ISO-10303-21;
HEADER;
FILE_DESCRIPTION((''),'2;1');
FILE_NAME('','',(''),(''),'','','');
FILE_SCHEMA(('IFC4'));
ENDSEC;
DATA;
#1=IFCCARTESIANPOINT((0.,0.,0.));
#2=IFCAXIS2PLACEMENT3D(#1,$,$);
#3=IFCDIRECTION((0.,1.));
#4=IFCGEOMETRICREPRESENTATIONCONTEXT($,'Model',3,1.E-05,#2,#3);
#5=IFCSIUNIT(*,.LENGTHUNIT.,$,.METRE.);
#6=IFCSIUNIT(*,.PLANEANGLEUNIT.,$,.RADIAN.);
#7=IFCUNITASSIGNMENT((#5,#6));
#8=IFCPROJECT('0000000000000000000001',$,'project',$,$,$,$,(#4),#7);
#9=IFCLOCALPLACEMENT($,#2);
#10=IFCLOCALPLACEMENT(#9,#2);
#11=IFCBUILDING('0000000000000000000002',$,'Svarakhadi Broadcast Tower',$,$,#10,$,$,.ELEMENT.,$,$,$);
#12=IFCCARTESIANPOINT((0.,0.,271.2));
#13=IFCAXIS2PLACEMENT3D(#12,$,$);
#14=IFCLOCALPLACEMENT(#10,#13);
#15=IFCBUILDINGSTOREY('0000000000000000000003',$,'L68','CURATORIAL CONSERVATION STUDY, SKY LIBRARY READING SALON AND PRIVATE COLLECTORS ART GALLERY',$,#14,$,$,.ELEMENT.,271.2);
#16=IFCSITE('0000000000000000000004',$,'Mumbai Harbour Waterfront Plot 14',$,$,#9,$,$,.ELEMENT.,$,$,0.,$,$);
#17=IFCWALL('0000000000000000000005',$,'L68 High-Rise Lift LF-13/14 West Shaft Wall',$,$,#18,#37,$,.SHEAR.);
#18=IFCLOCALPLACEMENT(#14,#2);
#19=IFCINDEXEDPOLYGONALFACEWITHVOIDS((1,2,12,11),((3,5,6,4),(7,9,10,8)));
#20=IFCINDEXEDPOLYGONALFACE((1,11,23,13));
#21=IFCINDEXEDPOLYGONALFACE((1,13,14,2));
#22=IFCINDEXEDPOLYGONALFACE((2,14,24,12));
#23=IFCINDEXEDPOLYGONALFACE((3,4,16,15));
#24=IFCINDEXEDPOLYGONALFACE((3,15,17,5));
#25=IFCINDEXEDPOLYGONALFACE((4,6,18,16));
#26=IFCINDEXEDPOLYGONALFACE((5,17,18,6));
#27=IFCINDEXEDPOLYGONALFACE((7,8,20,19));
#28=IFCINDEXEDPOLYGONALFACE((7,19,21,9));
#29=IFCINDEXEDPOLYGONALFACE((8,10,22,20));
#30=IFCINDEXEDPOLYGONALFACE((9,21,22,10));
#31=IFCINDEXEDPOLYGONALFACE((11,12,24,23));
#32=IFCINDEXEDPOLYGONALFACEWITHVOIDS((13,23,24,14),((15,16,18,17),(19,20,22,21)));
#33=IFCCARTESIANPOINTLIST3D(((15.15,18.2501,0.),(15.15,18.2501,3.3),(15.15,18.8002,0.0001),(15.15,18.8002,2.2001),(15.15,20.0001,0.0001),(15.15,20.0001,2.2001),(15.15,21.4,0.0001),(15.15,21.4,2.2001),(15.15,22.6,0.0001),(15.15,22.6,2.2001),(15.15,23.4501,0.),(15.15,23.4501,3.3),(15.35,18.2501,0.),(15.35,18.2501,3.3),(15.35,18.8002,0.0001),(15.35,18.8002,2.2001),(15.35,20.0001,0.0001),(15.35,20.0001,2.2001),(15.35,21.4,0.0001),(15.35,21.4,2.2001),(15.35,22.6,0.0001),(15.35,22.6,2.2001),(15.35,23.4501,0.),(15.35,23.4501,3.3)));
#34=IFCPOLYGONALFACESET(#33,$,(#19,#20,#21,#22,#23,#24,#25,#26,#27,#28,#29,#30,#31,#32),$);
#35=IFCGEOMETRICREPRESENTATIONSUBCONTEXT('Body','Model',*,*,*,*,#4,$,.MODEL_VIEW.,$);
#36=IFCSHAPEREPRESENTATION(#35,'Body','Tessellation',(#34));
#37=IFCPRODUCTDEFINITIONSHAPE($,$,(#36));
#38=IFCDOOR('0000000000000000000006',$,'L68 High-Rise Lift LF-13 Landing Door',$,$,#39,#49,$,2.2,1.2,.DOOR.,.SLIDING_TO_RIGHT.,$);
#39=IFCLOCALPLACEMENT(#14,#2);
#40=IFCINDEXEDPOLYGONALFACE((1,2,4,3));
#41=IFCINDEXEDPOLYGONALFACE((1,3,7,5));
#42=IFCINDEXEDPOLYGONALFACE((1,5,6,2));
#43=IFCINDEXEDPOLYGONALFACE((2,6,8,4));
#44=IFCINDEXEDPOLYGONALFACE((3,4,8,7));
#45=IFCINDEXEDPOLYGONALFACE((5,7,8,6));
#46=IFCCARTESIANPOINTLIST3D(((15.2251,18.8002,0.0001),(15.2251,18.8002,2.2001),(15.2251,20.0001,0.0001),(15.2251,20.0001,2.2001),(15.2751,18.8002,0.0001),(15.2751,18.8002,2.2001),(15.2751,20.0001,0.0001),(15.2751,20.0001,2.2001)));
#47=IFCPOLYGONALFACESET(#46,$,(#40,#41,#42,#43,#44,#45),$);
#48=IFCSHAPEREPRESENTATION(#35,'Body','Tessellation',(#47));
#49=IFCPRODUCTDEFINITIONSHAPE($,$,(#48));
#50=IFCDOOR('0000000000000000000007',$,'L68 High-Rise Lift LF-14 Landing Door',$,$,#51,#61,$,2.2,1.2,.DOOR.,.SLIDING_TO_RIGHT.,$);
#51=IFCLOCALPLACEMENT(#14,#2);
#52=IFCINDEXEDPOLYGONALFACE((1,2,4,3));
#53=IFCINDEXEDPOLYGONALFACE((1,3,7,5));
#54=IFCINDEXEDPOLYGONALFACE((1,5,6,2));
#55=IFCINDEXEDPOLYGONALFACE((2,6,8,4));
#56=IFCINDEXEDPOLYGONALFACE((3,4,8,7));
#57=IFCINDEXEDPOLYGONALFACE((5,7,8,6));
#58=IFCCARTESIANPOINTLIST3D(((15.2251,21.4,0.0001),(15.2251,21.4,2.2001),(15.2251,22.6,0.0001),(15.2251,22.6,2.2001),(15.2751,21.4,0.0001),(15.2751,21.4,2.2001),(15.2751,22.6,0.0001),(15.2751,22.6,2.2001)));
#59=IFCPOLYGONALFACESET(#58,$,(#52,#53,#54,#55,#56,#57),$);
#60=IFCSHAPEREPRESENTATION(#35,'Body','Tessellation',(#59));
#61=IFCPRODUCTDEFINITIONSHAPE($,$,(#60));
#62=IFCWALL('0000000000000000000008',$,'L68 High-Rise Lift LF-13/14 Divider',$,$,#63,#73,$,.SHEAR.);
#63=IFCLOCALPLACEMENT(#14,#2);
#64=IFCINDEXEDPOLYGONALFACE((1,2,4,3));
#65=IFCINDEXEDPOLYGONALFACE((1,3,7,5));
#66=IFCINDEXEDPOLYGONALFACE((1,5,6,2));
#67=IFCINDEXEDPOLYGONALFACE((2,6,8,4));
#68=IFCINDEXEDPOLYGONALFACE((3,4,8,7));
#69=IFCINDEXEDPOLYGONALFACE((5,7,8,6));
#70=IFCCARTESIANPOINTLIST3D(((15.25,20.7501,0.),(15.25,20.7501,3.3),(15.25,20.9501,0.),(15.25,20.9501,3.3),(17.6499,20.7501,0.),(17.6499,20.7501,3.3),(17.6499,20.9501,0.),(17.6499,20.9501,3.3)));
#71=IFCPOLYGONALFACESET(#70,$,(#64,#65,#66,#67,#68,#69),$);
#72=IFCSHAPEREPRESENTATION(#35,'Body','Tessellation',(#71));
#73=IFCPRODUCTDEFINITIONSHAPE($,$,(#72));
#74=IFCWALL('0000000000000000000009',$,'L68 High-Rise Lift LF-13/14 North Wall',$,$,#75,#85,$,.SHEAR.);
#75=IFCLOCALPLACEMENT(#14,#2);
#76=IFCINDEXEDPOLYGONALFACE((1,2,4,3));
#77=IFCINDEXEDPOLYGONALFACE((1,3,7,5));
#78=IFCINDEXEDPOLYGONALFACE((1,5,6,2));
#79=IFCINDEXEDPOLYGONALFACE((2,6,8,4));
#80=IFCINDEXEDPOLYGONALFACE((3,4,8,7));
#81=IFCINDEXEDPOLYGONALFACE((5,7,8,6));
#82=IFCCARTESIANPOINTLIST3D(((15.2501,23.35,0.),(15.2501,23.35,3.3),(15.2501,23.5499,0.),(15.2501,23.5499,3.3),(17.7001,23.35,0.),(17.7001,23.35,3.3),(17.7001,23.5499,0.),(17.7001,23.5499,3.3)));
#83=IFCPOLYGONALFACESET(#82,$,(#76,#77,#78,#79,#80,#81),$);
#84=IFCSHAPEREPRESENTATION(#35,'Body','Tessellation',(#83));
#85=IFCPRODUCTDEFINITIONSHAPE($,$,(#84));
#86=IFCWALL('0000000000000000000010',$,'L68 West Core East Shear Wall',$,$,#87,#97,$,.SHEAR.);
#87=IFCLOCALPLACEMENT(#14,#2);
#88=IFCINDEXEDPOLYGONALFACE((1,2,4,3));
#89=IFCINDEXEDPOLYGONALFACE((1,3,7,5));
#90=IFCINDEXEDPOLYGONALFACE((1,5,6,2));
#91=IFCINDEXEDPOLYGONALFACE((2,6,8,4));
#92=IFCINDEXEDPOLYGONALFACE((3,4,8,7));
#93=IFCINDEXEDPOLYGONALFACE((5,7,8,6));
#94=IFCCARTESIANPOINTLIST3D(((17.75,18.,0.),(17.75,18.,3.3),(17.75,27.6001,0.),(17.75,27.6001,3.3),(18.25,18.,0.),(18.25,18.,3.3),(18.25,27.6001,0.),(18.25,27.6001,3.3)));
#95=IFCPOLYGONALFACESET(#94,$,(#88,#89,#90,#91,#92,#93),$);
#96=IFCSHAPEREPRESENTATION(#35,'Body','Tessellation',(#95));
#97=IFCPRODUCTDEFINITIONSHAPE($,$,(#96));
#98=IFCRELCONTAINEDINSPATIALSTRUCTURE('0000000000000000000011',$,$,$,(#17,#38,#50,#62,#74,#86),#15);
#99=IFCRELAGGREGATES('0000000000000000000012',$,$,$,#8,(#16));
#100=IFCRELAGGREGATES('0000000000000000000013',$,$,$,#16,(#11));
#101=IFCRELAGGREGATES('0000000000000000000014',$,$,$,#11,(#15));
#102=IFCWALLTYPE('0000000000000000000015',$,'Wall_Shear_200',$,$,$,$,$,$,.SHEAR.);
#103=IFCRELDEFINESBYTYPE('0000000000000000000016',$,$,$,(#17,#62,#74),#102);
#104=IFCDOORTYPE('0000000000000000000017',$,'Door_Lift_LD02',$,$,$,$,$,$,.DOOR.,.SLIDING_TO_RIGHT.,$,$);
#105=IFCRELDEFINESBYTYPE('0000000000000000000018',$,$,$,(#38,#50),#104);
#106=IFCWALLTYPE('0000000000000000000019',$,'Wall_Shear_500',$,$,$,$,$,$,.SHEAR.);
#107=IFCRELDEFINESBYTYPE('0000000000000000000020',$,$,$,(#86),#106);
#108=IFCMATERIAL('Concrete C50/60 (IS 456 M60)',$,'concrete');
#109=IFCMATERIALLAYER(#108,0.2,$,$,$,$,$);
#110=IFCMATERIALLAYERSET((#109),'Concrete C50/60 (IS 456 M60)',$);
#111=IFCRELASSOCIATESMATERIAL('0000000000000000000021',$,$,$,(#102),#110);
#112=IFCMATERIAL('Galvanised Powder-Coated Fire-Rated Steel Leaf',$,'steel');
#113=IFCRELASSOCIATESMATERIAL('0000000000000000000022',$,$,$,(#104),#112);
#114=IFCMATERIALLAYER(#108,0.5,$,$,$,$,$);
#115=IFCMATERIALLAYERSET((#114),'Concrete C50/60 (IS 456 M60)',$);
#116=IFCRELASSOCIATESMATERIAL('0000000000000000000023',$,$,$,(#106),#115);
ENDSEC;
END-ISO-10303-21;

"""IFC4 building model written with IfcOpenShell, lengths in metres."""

from ifc_helpers import new_model, si_unit, direction, frame, frame_2d, origin, place, context, subcontext, project, spatial, rectangle, extrude, material, layer, layer_set, type_object, element, fill, save


model = new_model("IFC4")

# Units and contexts
model_context = context("Model", 3, precision=1e-05, world=origin(), true_north=direction((0.0, 1.0)))
body_context = subcontext(model_context, "Body", "Model", "MODEL_VIEW")
ifc_project = project(units=[si_unit("LENGTHUNIT", "METRE"), si_unit("PLANEANGLEUNIT", "RADIAN")], contexts=[model_context])

# Site, building, storey
site_placement = place(None, origin())
site = spatial("IfcSite", under=ifc_project, at=site_placement, Name="Mumbai Harbour Waterfront Plot 14", CompositionType="ELEMENT", RefElevation=0.0)
building_placement = place(site_placement, origin())
building = spatial("IfcBuilding", under=site, at=building_placement, Name="Svarakhadi Broadcast Tower", CompositionType="ELEMENT")
storey_placement = place(building_placement, frame((0.0, 0.0, 271.2)))
storey = spatial("IfcBuildingStorey", under=building, at=storey_placement, Name="L68", Description="CURATORIAL CONSERVATION STUDY, SKY LIBRARY READING SALON AND PRIVATE COLLECTORS ART GALLERY", CompositionType="ELEMENT", Elevation=271.2)

# Shared definitions
ifc_material_1 = material(Name="Concrete C50/60 (IS 456 M60)", Category="concrete")

# Wall, openings, doors
ifc_layer_1 = layer(ifc_material_1, 0.2)
ifc_layer_set_1 = layer_set([ifc_layer_1], Name="Concrete C50/60 (IS 456 M60)")
wall_type_1 = type_object("IfcWallType", Name="Wall_Shear_200", PredefinedType="SHEAR", material=ifc_layer_set_1)
wall_1_placement = place(storey_placement, frame((15.25, 18.25, 0.0), z_axis=(0.0, 0.0, 1.0), x_axis=(0.0, 1.0, 0.0)))
wall_1 = element("IfcWall", 1, at=wall_1_placement, inside=storey, type_object=wall_type_1, Name="L68 High-Rise Lift LF-13/14 West Shaft Wall", PredefinedType="SHEAR", context=body_context, shape_type="SweptSolid", body=[
    extrude(rectangle(XDim=5.2, YDim=0.2, at=frame_2d((2.6001, 0.0))), origin(), (0.0, 0.0, 1.0), 3.3),
])
opening_1_placement = place(wall_1_placement, frame((0.55, 0.0, 0.0)))
opening_1 = element("IfcOpeningElement", 2, at=opening_1_placement, cuts=wall_1, PredefinedType="OPENING", context=body_context, shape_type="SweptSolid", body=[
    extrude(rectangle(XDim=1.2, YDim=2.2, at=frame_2d((0.6001, 1.1001))), frame((0.0, 0.1099, 0.0), z_axis=(0.0, -1.0, 0.0), x_axis=(1.0, 0.0, 0.0)), (0.0, 0.0, 1.0), 0.22),
])
opening_2_placement = place(wall_1_placement, frame((3.1499, 0.0, 0.0)))
opening_2 = element("IfcOpeningElement", 3, at=opening_2_placement, cuts=wall_1, PredefinedType="OPENING", context=body_context, shape_type="SweptSolid", body=[
    extrude(rectangle(XDim=1.2, YDim=2.2, at=frame_2d((0.6001, 1.1001))), frame((0.0, 0.1099, 0.0), z_axis=(0.0, -1.0, 0.0), x_axis=(1.0, 0.0, 0.0)), (0.0, 0.0, 1.0), 0.22),
])
ifc_material_2 = material(Name="Galvanised Powder-Coated Fire-Rated Steel Leaf", Category="steel")
door_type_1 = type_object("IfcDoorType", Name="Door_Lift_LD02", OperationType="SLIDING_TO_RIGHT", PredefinedType="DOOR", material=ifc_material_2)
door_1_placement = place(opening_1_placement, origin())
door_1 = element("IfcDoor", 4, at=door_1_placement, inside=storey, type_object=door_type_1, Name="L68 High-Rise Lift LF-13 Landing Door", OperationType="SLIDING_TO_RIGHT", OverallHeight=2.2, OverallWidth=1.2, PredefinedType="DOOR", context=body_context, shape_type="SweptSolid", body=[
    extrude(rectangle(XDim=1.2, YDim=2.2, at=frame_2d((0.6001, 1.1001))), frame((0.0, 0.0249, 0.0), z_axis=(0.0, -1.0, 0.0), x_axis=(1.0, 0.0, 0.0)), (0.0, 0.0, 1.0), 0.05),
])
fill(opening_1, door_1)
door_2_placement = place(opening_2_placement, origin())
door_2 = element("IfcDoor", 5, at=door_2_placement, inside=storey, type_object=door_type_1, Name="L68 High-Rise Lift LF-14 Landing Door", OperationType="SLIDING_TO_RIGHT", OverallHeight=2.2, OverallWidth=1.2, PredefinedType="DOOR", context=body_context, shape_type="SweptSolid", body=[
    extrude(rectangle(XDim=1.2, YDim=2.2, at=frame_2d((0.6001, 1.1001))), frame((0.0, 0.0249, 0.0), z_axis=(0.0, -1.0, 0.0), x_axis=(1.0, 0.0, 0.0)), (0.0, 0.0, 1.0), 0.05),
])
fill(opening_2, door_2)

# Walls
wall_2_placement = place(storey_placement, frame((15.25, 20.8501, 0.0), z_axis=(0.0, 0.0, 1.0), x_axis=(1.0, 0.0, 0.0)))
element("IfcWall", 6, at=wall_2_placement, inside=storey, type_object=wall_type_1, Name="L68 High-Rise Lift LF-13/14 Divider", PredefinedType="SHEAR", context=body_context, shape_type="SweptSolid", body=[
    extrude(rectangle(XDim=2.3999, YDim=0.2, at=frame_2d((1.2, 0.0))), origin(), (0.0, 0.0, 1.0), 3.3),
])
wall_3_placement = place(storey_placement, frame((15.25, 23.45, 0.0), z_axis=(0.0, 0.0, 1.0), x_axis=(1.0, 0.0, 0.0)))
element("IfcWall", 7, at=wall_3_placement, inside=storey, type_object=wall_type_1, Name="L68 High-Rise Lift LF-13/14 North Wall", PredefinedType="SHEAR", context=body_context, shape_type="SweptSolid", body=[
    extrude(rectangle(XDim=2.45, YDim=0.2, at=frame_2d((1.2251, 0.0))), origin(), (0.0, 0.0, 1.0), 3.3),
])
ifc_layer_2 = layer(ifc_material_1, 0.5)
ifc_layer_set_2 = layer_set([ifc_layer_2], Name="Concrete C50/60 (IS 456 M60)")
wall_type_2 = type_object("IfcWallType", Name="Wall_Shear_500", PredefinedType="SHEAR", material=ifc_layer_set_2)
wall_4_placement = place(storey_placement, frame((18.0, 18.0, 0.0), z_axis=(0.0, 0.0, 1.0), x_axis=(0.0, 1.0, 0.0)))
element("IfcWall", 8, at=wall_4_placement, inside=storey, type_object=wall_type_2, Name="L68 West Core East Shear Wall", PredefinedType="SHEAR", context=body_context, shape_type="SweptSolid", body=[
    extrude(rectangle(XDim=9.6001, YDim=0.5, at=frame_2d((4.8, 0.0))), origin(), (0.0, 0.0, 1.0), 3.3),
])

save(model, "model.ifc")
